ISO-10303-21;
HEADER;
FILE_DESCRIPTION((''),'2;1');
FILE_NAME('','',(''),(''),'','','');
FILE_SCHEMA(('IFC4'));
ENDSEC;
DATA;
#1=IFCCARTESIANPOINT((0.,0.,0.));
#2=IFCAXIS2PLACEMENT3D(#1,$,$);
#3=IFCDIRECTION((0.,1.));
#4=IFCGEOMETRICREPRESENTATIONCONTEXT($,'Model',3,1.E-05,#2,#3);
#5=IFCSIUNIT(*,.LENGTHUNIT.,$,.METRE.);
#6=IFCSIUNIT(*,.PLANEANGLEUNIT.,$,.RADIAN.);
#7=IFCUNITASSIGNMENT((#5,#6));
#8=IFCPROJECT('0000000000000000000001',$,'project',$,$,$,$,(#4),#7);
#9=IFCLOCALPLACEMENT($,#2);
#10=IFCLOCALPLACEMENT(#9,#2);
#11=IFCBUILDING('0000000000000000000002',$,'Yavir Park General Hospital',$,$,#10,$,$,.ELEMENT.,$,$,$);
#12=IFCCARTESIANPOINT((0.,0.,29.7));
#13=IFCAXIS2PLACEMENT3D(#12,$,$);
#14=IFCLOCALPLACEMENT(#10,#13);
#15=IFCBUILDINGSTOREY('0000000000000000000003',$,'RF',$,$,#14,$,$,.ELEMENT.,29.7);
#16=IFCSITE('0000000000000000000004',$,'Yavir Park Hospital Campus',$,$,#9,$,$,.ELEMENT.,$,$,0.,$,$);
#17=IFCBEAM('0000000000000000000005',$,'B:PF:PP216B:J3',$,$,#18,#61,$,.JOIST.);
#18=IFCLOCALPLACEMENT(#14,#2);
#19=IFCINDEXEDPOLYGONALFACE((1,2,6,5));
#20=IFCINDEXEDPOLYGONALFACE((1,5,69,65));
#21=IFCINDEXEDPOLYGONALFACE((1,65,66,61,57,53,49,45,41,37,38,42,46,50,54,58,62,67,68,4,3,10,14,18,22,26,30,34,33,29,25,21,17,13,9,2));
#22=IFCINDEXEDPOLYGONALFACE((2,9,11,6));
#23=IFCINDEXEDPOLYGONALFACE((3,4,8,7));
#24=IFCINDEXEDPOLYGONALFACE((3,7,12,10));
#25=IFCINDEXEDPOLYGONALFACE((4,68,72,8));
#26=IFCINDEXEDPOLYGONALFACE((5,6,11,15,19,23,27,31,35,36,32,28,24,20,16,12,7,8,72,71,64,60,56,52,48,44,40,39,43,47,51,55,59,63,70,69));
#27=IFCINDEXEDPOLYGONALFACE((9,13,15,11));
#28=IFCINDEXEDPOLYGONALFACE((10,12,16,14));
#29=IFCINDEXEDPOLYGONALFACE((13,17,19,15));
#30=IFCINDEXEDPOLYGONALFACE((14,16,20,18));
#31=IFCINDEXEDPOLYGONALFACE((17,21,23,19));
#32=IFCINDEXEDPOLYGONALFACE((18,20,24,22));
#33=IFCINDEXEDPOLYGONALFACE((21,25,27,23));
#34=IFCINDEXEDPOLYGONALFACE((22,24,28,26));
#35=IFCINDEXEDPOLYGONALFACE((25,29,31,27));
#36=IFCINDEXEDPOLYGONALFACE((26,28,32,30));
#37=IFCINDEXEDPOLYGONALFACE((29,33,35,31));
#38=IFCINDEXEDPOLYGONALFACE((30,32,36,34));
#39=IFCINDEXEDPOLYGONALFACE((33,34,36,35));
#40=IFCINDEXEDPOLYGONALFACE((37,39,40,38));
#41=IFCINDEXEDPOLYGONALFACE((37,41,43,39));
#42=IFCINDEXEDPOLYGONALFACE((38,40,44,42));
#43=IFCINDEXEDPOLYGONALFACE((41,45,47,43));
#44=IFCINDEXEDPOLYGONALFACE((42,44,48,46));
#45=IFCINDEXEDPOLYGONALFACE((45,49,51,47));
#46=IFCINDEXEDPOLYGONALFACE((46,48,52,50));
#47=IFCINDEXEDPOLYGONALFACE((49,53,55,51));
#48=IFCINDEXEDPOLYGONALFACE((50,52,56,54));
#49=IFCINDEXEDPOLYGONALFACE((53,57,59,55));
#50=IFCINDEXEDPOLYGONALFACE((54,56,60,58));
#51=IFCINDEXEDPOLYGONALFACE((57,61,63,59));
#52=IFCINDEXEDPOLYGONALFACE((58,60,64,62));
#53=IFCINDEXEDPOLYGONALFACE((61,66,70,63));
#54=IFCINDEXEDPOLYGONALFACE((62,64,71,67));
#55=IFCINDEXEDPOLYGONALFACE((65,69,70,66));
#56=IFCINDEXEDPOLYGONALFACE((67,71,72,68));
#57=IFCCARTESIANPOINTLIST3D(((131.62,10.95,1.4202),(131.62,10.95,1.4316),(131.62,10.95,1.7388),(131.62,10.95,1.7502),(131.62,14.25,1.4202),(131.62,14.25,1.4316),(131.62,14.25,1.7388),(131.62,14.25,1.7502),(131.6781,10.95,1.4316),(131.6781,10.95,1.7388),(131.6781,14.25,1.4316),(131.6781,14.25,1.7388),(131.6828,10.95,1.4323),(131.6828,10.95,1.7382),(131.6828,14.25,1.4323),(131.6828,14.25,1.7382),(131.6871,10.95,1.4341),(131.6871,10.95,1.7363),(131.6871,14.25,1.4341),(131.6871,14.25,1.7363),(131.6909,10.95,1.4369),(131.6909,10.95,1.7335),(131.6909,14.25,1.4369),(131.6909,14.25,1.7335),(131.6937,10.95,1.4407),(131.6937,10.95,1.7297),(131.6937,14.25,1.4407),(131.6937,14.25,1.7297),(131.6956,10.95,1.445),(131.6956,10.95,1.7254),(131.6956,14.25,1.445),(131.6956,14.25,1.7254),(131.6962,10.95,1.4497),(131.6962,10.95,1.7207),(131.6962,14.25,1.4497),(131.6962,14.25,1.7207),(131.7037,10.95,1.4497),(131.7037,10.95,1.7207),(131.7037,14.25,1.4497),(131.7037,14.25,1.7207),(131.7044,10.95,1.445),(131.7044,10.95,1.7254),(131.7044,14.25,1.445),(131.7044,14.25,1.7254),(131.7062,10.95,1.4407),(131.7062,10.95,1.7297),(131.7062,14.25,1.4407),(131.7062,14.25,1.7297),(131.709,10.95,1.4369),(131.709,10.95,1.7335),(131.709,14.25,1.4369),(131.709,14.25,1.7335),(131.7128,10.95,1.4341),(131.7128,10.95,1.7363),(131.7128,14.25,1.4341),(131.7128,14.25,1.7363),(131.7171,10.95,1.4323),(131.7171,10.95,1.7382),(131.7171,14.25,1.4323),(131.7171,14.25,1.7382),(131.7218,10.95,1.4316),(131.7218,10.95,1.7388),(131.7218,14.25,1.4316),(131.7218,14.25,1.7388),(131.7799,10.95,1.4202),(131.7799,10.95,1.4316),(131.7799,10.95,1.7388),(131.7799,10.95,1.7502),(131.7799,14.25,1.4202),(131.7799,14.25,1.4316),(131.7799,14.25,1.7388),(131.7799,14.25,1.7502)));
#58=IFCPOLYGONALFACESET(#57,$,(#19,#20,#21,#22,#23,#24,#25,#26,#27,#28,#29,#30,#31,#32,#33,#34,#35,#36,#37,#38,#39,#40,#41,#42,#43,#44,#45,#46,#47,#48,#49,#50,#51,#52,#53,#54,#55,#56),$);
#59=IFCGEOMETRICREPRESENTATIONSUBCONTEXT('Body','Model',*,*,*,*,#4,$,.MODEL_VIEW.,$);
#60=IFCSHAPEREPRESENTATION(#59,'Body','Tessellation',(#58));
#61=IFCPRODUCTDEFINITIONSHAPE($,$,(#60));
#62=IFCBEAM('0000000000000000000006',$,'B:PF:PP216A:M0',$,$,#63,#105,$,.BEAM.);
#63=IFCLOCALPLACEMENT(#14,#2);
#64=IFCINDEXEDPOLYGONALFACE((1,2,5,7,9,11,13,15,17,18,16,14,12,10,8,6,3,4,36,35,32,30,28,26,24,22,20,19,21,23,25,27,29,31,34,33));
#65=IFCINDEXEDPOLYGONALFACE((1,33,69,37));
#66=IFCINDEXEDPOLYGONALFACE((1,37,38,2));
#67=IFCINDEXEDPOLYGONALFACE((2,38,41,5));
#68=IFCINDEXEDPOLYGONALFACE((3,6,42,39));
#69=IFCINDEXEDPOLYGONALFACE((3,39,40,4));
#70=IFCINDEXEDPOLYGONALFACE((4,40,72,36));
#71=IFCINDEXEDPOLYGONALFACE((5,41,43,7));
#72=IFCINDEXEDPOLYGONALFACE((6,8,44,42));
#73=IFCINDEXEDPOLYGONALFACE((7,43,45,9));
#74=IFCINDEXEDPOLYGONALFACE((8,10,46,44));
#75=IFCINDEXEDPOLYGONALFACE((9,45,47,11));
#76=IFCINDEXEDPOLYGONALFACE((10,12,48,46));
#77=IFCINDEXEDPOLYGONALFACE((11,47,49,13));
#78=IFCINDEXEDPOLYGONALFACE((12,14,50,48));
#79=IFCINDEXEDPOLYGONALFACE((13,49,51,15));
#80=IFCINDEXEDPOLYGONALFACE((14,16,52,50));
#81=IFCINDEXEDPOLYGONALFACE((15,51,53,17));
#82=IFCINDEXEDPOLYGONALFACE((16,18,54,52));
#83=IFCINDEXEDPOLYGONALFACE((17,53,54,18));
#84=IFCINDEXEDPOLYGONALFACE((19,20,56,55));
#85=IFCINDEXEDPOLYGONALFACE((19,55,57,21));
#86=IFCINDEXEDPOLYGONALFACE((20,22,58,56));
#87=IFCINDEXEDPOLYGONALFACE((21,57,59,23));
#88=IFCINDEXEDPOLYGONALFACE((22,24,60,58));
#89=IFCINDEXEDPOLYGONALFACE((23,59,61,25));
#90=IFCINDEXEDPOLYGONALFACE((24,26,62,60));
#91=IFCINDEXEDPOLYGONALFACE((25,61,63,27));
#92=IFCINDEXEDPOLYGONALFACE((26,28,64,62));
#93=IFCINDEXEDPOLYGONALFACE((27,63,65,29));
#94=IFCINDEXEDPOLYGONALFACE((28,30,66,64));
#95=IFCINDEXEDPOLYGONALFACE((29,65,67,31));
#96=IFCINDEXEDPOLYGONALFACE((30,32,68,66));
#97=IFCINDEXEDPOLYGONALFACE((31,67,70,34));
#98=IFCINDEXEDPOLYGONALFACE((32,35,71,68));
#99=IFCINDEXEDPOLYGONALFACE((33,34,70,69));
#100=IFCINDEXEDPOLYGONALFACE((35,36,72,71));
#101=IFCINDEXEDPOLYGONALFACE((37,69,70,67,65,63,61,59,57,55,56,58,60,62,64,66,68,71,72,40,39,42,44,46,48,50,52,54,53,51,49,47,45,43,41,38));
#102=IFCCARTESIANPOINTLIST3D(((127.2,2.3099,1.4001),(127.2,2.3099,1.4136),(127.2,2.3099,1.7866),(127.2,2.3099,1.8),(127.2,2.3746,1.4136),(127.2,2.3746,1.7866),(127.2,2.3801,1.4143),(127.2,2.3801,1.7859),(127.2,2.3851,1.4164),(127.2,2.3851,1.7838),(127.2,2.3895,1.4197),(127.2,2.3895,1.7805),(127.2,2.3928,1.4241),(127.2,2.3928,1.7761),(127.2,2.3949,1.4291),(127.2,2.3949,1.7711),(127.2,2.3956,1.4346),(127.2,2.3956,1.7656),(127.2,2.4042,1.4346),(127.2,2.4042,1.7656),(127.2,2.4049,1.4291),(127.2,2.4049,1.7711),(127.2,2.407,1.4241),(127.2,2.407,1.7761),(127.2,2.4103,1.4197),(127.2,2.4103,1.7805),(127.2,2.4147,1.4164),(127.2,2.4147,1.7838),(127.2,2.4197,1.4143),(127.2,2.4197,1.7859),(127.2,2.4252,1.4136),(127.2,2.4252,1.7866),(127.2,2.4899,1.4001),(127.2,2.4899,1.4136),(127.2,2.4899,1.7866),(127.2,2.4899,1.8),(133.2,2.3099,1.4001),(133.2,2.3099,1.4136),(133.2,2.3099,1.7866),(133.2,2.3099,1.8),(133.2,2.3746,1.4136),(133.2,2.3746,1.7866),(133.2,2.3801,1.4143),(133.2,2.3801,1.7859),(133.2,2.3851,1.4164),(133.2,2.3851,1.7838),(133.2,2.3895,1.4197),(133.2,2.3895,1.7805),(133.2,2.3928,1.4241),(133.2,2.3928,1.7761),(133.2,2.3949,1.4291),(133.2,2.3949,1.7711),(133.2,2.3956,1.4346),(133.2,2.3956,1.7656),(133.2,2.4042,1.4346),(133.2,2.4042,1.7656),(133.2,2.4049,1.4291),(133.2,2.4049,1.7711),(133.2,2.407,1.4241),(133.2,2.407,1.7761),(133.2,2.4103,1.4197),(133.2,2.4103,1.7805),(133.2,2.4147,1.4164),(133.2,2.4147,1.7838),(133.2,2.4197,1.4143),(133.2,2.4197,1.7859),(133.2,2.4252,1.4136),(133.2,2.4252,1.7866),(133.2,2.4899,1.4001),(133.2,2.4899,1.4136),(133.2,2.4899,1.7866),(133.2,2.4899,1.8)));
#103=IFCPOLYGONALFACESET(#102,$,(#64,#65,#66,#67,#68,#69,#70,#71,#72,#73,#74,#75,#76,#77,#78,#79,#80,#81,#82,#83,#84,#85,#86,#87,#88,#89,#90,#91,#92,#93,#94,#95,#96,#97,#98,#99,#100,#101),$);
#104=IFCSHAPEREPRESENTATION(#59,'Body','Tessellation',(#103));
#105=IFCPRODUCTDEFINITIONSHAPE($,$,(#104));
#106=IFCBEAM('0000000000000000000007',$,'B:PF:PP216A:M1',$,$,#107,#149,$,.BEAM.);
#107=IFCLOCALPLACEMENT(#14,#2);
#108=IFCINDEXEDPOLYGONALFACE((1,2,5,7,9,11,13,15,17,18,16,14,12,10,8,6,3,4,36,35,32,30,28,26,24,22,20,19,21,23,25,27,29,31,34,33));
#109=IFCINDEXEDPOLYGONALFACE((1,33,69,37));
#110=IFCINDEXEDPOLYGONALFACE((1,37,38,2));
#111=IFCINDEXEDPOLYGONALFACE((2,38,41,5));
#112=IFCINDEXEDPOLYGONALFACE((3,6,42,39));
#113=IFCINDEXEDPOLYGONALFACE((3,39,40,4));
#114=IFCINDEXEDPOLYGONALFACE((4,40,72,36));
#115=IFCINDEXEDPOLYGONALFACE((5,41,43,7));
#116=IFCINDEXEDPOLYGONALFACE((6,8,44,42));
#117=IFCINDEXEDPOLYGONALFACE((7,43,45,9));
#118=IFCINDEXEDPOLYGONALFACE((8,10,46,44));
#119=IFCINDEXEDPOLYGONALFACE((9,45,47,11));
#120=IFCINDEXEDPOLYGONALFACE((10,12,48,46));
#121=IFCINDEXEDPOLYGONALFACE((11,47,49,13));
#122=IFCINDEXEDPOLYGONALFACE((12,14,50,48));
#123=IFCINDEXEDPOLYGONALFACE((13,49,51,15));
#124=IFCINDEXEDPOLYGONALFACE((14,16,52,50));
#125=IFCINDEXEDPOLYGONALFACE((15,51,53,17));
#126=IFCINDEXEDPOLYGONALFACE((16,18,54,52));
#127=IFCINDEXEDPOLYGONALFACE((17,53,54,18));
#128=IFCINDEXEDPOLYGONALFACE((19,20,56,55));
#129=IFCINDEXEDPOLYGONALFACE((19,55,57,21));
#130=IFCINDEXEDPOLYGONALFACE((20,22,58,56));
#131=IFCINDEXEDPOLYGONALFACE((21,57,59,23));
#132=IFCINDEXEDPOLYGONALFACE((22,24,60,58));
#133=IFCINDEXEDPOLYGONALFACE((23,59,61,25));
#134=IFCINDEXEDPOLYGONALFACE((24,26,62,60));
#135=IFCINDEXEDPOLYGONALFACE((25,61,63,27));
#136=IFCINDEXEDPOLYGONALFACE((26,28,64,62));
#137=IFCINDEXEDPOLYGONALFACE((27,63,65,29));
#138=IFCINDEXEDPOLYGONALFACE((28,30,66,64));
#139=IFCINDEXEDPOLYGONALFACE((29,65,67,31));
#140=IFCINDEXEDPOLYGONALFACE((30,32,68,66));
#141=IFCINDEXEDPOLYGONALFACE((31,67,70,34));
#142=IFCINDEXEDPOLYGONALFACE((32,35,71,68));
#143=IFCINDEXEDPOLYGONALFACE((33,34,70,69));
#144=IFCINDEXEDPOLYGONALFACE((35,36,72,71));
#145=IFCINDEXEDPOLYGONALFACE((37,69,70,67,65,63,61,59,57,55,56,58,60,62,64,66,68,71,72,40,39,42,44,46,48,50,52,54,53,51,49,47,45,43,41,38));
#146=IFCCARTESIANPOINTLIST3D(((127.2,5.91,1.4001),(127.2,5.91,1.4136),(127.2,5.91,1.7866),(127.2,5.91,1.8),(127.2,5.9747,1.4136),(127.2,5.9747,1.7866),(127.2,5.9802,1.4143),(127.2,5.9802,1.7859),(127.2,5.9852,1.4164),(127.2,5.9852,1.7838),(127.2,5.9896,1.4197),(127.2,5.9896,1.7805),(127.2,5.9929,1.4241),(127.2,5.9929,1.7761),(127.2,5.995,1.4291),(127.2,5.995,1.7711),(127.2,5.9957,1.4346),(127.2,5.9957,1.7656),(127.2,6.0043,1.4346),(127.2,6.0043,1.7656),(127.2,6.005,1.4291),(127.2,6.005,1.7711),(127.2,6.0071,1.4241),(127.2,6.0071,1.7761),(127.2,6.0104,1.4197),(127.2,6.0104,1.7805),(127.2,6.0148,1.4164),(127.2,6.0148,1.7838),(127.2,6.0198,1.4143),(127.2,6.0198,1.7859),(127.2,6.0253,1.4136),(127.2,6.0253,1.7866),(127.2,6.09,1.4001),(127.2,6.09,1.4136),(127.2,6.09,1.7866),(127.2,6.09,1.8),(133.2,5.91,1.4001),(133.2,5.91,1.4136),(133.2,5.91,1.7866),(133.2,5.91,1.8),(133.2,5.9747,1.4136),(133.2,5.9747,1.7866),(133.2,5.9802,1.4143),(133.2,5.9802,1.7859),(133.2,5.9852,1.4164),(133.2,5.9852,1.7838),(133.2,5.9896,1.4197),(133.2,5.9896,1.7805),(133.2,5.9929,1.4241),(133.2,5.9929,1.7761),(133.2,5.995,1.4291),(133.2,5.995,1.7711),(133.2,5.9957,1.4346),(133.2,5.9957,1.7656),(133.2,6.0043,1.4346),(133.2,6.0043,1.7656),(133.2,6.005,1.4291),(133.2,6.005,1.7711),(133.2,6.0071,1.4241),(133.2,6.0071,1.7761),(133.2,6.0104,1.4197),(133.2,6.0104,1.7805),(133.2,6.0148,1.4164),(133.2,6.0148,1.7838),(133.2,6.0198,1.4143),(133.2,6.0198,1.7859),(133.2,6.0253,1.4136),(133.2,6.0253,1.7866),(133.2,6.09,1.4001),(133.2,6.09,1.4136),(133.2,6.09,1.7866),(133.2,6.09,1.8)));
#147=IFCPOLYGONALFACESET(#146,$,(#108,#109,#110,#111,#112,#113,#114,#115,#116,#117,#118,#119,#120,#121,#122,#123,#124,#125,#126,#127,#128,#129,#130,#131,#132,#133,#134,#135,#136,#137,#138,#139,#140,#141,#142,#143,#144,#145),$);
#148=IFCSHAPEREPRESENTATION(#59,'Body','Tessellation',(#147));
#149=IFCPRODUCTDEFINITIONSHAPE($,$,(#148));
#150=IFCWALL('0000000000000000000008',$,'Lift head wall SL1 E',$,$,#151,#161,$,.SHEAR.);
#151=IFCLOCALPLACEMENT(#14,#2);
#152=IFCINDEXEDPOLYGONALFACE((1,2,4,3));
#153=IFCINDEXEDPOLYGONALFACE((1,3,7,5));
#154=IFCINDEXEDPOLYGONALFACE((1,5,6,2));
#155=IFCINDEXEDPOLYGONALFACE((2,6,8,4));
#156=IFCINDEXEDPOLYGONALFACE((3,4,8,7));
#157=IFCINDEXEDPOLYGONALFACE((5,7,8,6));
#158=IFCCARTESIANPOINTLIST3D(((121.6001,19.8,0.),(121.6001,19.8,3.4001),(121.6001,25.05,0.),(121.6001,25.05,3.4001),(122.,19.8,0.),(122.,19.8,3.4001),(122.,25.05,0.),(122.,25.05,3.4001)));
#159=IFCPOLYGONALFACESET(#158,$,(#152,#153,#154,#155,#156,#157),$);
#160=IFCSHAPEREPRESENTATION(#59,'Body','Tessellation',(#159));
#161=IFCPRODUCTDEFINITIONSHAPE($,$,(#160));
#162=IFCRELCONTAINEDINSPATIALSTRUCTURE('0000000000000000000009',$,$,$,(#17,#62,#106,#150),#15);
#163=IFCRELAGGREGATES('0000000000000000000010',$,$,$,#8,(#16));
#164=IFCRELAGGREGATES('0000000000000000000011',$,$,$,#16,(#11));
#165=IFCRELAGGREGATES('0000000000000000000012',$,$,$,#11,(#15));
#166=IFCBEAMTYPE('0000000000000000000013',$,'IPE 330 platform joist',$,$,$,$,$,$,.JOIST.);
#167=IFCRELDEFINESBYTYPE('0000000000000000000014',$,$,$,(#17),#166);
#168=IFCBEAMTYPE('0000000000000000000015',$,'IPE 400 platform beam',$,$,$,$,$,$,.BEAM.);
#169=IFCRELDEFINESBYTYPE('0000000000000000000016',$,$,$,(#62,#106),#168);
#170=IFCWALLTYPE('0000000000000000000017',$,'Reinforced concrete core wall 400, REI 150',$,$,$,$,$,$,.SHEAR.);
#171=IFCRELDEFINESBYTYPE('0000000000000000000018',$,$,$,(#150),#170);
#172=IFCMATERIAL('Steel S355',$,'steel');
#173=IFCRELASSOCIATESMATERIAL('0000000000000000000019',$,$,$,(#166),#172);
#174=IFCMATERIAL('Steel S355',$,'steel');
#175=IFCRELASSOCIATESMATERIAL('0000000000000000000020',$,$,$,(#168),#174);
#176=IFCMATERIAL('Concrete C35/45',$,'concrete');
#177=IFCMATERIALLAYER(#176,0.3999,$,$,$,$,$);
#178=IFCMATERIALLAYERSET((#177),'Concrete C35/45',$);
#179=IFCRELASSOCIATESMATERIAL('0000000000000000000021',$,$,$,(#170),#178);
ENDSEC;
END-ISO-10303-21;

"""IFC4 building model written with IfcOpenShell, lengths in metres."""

from ifc_helpers import new_model, si_unit, direction, frame, frame_2d, origin, origin_2d, place, context, subcontext, project, spatial, rectangle, i_section, extrude, material, layer, layer_set, material_profile, profile_set, type_object, element, save


model = new_model("IFC4")

# Units and contexts
model_context = context("Model", 3, precision=1e-05, world=origin(), true_north=direction((0.0, 1.0)))
body_context = subcontext(model_context, "Body", "Model", "MODEL_VIEW")
ifc_project = project(units=[si_unit("LENGTHUNIT", "METRE"), si_unit("PLANEANGLEUNIT", "RADIAN")], contexts=[model_context])

# Site, building, storey
site_placement = place(None, origin())
site = spatial("IfcSite", under=ifc_project, at=site_placement, Name="Yavir Park Hospital Campus", CompositionType="ELEMENT", RefElevation=0.0)
building_placement = place(site_placement, origin())
building = spatial("IfcBuilding", under=site, at=building_placement, Name="Yavir Park General Hospital", CompositionType="ELEMENT")
storey_placement = place(building_placement, frame((0.0, 0.0, 29.7)))
storey = spatial("IfcBuildingStorey", under=building, at=storey_placement, Name="RF", CompositionType="ELEMENT", Elevation=29.7)

# Beams
ifc_material_1 = material(Name="Steel S355", Category="steel")
ifc_material_profile_1 = material_profile(ifc_material_1, i_section(OverallWidth=0.1599, OverallDepth=0.3301, WebThickness=0.0076, FlangeThickness=0.0115, FilletRadius=0.0181, at=origin_2d()), Name="IPE330")
ifc_profile_set_1 = profile_set([ifc_material_profile_1], Name="Steel S355")
beam_type_1 = type_object("IfcBeamType", Name="IPE 330 platform joist", PredefinedType="JOIST", material=ifc_profile_set_1)
for number, where, z_axis, x_axis, name in (
    (1, (131.7, 10.95, 1.5852), (0.0, 1.0, 0.0), (-1.0, 0.0, 0.0), "B:PF:PP216B:J3"),
):
    element("IfcBeam", number, at=place(storey_placement, frame(where, z_axis=z_axis, x_axis=x_axis)), inside=storey, type_object=beam_type_1, Name=name, PredefinedType="JOIST", context=body_context, shape_type="SweptSolid", body=[
        extrude(i_section(OverallWidth=0.1599, OverallDepth=0.3301, WebThickness=0.0076, FlangeThickness=0.0115, FilletRadius=0.0181, at=origin_2d()), origin(), (0.0, 0.0, 1.0), 3.3),
    ])
ifc_material_2 = material(Name="Steel S355", Category="steel")
ifc_material_profile_2 = material_profile(ifc_material_2, i_section(OverallWidth=0.1799, OverallDepth=0.3999, WebThickness=0.0085, FlangeThickness=0.0134, FilletRadius=0.021, at=origin_2d()), Name="IPE400")
ifc_profile_set_2 = profile_set([ifc_material_profile_2], Name="Steel S355")
beam_type_2 = type_object("IfcBeamType", Name="IPE 400 platform beam", PredefinedType="BEAM", material=ifc_profile_set_2)
for number, where, z_axis, x_axis, name in (
    (2, (127.2, 2.3999, 1.6001), (1.0, 0.0, 0.0), (0.0, 1.0, 0.0), "B:PF:PP216A:M0"),
    (3, (127.2, 6.0, 1.6001), (1.0, 0.0, 0.0), (0.0, 1.0, 0.0), "B:PF:PP216A:M1"),
):
    element("IfcBeam", number, at=place(storey_placement, frame(where, z_axis=z_axis, x_axis=x_axis)), inside=storey, type_object=beam_type_2, Name=name, PredefinedType="BEAM", context=body_context, shape_type="SweptSolid", body=[
        extrude(i_section(OverallWidth=0.1799, OverallDepth=0.3999, WebThickness=0.0085, FlangeThickness=0.0134, FilletRadius=0.021, at=origin_2d()), origin(), (0.0, 0.0, 1.0), 6.0),
    ])

# Wall
ifc_material_3 = material(Name="Concrete C35/45", Category="concrete")
ifc_layer = layer(ifc_material_3, 0.3999)
ifc_layer_set = layer_set([ifc_layer], Name="Concrete C35/45")
wall_type = type_object("IfcWallType", Name="Reinforced concrete core wall 400, REI 150", PredefinedType="SHEAR", material=ifc_layer_set)
wall_placement = place(storey_placement, frame((121.8, 19.8, 0.0), z_axis=(0.0, 0.0, 1.0), x_axis=(0.0, 1.0, 0.0)))
element("IfcWall", 4, at=wall_placement, inside=storey, type_object=wall_type, Name="Lift head wall SL1 E", PredefinedType="SHEAR", context=body_context, shape_type="SweptSolid", body=[
    extrude(rectangle(XDim=5.25, YDim=0.3999, at=frame_2d((2.625, 0.0))), origin(), (0.0, 0.0, 1.0), 3.4001),
])

save(model, "model.ifc")
